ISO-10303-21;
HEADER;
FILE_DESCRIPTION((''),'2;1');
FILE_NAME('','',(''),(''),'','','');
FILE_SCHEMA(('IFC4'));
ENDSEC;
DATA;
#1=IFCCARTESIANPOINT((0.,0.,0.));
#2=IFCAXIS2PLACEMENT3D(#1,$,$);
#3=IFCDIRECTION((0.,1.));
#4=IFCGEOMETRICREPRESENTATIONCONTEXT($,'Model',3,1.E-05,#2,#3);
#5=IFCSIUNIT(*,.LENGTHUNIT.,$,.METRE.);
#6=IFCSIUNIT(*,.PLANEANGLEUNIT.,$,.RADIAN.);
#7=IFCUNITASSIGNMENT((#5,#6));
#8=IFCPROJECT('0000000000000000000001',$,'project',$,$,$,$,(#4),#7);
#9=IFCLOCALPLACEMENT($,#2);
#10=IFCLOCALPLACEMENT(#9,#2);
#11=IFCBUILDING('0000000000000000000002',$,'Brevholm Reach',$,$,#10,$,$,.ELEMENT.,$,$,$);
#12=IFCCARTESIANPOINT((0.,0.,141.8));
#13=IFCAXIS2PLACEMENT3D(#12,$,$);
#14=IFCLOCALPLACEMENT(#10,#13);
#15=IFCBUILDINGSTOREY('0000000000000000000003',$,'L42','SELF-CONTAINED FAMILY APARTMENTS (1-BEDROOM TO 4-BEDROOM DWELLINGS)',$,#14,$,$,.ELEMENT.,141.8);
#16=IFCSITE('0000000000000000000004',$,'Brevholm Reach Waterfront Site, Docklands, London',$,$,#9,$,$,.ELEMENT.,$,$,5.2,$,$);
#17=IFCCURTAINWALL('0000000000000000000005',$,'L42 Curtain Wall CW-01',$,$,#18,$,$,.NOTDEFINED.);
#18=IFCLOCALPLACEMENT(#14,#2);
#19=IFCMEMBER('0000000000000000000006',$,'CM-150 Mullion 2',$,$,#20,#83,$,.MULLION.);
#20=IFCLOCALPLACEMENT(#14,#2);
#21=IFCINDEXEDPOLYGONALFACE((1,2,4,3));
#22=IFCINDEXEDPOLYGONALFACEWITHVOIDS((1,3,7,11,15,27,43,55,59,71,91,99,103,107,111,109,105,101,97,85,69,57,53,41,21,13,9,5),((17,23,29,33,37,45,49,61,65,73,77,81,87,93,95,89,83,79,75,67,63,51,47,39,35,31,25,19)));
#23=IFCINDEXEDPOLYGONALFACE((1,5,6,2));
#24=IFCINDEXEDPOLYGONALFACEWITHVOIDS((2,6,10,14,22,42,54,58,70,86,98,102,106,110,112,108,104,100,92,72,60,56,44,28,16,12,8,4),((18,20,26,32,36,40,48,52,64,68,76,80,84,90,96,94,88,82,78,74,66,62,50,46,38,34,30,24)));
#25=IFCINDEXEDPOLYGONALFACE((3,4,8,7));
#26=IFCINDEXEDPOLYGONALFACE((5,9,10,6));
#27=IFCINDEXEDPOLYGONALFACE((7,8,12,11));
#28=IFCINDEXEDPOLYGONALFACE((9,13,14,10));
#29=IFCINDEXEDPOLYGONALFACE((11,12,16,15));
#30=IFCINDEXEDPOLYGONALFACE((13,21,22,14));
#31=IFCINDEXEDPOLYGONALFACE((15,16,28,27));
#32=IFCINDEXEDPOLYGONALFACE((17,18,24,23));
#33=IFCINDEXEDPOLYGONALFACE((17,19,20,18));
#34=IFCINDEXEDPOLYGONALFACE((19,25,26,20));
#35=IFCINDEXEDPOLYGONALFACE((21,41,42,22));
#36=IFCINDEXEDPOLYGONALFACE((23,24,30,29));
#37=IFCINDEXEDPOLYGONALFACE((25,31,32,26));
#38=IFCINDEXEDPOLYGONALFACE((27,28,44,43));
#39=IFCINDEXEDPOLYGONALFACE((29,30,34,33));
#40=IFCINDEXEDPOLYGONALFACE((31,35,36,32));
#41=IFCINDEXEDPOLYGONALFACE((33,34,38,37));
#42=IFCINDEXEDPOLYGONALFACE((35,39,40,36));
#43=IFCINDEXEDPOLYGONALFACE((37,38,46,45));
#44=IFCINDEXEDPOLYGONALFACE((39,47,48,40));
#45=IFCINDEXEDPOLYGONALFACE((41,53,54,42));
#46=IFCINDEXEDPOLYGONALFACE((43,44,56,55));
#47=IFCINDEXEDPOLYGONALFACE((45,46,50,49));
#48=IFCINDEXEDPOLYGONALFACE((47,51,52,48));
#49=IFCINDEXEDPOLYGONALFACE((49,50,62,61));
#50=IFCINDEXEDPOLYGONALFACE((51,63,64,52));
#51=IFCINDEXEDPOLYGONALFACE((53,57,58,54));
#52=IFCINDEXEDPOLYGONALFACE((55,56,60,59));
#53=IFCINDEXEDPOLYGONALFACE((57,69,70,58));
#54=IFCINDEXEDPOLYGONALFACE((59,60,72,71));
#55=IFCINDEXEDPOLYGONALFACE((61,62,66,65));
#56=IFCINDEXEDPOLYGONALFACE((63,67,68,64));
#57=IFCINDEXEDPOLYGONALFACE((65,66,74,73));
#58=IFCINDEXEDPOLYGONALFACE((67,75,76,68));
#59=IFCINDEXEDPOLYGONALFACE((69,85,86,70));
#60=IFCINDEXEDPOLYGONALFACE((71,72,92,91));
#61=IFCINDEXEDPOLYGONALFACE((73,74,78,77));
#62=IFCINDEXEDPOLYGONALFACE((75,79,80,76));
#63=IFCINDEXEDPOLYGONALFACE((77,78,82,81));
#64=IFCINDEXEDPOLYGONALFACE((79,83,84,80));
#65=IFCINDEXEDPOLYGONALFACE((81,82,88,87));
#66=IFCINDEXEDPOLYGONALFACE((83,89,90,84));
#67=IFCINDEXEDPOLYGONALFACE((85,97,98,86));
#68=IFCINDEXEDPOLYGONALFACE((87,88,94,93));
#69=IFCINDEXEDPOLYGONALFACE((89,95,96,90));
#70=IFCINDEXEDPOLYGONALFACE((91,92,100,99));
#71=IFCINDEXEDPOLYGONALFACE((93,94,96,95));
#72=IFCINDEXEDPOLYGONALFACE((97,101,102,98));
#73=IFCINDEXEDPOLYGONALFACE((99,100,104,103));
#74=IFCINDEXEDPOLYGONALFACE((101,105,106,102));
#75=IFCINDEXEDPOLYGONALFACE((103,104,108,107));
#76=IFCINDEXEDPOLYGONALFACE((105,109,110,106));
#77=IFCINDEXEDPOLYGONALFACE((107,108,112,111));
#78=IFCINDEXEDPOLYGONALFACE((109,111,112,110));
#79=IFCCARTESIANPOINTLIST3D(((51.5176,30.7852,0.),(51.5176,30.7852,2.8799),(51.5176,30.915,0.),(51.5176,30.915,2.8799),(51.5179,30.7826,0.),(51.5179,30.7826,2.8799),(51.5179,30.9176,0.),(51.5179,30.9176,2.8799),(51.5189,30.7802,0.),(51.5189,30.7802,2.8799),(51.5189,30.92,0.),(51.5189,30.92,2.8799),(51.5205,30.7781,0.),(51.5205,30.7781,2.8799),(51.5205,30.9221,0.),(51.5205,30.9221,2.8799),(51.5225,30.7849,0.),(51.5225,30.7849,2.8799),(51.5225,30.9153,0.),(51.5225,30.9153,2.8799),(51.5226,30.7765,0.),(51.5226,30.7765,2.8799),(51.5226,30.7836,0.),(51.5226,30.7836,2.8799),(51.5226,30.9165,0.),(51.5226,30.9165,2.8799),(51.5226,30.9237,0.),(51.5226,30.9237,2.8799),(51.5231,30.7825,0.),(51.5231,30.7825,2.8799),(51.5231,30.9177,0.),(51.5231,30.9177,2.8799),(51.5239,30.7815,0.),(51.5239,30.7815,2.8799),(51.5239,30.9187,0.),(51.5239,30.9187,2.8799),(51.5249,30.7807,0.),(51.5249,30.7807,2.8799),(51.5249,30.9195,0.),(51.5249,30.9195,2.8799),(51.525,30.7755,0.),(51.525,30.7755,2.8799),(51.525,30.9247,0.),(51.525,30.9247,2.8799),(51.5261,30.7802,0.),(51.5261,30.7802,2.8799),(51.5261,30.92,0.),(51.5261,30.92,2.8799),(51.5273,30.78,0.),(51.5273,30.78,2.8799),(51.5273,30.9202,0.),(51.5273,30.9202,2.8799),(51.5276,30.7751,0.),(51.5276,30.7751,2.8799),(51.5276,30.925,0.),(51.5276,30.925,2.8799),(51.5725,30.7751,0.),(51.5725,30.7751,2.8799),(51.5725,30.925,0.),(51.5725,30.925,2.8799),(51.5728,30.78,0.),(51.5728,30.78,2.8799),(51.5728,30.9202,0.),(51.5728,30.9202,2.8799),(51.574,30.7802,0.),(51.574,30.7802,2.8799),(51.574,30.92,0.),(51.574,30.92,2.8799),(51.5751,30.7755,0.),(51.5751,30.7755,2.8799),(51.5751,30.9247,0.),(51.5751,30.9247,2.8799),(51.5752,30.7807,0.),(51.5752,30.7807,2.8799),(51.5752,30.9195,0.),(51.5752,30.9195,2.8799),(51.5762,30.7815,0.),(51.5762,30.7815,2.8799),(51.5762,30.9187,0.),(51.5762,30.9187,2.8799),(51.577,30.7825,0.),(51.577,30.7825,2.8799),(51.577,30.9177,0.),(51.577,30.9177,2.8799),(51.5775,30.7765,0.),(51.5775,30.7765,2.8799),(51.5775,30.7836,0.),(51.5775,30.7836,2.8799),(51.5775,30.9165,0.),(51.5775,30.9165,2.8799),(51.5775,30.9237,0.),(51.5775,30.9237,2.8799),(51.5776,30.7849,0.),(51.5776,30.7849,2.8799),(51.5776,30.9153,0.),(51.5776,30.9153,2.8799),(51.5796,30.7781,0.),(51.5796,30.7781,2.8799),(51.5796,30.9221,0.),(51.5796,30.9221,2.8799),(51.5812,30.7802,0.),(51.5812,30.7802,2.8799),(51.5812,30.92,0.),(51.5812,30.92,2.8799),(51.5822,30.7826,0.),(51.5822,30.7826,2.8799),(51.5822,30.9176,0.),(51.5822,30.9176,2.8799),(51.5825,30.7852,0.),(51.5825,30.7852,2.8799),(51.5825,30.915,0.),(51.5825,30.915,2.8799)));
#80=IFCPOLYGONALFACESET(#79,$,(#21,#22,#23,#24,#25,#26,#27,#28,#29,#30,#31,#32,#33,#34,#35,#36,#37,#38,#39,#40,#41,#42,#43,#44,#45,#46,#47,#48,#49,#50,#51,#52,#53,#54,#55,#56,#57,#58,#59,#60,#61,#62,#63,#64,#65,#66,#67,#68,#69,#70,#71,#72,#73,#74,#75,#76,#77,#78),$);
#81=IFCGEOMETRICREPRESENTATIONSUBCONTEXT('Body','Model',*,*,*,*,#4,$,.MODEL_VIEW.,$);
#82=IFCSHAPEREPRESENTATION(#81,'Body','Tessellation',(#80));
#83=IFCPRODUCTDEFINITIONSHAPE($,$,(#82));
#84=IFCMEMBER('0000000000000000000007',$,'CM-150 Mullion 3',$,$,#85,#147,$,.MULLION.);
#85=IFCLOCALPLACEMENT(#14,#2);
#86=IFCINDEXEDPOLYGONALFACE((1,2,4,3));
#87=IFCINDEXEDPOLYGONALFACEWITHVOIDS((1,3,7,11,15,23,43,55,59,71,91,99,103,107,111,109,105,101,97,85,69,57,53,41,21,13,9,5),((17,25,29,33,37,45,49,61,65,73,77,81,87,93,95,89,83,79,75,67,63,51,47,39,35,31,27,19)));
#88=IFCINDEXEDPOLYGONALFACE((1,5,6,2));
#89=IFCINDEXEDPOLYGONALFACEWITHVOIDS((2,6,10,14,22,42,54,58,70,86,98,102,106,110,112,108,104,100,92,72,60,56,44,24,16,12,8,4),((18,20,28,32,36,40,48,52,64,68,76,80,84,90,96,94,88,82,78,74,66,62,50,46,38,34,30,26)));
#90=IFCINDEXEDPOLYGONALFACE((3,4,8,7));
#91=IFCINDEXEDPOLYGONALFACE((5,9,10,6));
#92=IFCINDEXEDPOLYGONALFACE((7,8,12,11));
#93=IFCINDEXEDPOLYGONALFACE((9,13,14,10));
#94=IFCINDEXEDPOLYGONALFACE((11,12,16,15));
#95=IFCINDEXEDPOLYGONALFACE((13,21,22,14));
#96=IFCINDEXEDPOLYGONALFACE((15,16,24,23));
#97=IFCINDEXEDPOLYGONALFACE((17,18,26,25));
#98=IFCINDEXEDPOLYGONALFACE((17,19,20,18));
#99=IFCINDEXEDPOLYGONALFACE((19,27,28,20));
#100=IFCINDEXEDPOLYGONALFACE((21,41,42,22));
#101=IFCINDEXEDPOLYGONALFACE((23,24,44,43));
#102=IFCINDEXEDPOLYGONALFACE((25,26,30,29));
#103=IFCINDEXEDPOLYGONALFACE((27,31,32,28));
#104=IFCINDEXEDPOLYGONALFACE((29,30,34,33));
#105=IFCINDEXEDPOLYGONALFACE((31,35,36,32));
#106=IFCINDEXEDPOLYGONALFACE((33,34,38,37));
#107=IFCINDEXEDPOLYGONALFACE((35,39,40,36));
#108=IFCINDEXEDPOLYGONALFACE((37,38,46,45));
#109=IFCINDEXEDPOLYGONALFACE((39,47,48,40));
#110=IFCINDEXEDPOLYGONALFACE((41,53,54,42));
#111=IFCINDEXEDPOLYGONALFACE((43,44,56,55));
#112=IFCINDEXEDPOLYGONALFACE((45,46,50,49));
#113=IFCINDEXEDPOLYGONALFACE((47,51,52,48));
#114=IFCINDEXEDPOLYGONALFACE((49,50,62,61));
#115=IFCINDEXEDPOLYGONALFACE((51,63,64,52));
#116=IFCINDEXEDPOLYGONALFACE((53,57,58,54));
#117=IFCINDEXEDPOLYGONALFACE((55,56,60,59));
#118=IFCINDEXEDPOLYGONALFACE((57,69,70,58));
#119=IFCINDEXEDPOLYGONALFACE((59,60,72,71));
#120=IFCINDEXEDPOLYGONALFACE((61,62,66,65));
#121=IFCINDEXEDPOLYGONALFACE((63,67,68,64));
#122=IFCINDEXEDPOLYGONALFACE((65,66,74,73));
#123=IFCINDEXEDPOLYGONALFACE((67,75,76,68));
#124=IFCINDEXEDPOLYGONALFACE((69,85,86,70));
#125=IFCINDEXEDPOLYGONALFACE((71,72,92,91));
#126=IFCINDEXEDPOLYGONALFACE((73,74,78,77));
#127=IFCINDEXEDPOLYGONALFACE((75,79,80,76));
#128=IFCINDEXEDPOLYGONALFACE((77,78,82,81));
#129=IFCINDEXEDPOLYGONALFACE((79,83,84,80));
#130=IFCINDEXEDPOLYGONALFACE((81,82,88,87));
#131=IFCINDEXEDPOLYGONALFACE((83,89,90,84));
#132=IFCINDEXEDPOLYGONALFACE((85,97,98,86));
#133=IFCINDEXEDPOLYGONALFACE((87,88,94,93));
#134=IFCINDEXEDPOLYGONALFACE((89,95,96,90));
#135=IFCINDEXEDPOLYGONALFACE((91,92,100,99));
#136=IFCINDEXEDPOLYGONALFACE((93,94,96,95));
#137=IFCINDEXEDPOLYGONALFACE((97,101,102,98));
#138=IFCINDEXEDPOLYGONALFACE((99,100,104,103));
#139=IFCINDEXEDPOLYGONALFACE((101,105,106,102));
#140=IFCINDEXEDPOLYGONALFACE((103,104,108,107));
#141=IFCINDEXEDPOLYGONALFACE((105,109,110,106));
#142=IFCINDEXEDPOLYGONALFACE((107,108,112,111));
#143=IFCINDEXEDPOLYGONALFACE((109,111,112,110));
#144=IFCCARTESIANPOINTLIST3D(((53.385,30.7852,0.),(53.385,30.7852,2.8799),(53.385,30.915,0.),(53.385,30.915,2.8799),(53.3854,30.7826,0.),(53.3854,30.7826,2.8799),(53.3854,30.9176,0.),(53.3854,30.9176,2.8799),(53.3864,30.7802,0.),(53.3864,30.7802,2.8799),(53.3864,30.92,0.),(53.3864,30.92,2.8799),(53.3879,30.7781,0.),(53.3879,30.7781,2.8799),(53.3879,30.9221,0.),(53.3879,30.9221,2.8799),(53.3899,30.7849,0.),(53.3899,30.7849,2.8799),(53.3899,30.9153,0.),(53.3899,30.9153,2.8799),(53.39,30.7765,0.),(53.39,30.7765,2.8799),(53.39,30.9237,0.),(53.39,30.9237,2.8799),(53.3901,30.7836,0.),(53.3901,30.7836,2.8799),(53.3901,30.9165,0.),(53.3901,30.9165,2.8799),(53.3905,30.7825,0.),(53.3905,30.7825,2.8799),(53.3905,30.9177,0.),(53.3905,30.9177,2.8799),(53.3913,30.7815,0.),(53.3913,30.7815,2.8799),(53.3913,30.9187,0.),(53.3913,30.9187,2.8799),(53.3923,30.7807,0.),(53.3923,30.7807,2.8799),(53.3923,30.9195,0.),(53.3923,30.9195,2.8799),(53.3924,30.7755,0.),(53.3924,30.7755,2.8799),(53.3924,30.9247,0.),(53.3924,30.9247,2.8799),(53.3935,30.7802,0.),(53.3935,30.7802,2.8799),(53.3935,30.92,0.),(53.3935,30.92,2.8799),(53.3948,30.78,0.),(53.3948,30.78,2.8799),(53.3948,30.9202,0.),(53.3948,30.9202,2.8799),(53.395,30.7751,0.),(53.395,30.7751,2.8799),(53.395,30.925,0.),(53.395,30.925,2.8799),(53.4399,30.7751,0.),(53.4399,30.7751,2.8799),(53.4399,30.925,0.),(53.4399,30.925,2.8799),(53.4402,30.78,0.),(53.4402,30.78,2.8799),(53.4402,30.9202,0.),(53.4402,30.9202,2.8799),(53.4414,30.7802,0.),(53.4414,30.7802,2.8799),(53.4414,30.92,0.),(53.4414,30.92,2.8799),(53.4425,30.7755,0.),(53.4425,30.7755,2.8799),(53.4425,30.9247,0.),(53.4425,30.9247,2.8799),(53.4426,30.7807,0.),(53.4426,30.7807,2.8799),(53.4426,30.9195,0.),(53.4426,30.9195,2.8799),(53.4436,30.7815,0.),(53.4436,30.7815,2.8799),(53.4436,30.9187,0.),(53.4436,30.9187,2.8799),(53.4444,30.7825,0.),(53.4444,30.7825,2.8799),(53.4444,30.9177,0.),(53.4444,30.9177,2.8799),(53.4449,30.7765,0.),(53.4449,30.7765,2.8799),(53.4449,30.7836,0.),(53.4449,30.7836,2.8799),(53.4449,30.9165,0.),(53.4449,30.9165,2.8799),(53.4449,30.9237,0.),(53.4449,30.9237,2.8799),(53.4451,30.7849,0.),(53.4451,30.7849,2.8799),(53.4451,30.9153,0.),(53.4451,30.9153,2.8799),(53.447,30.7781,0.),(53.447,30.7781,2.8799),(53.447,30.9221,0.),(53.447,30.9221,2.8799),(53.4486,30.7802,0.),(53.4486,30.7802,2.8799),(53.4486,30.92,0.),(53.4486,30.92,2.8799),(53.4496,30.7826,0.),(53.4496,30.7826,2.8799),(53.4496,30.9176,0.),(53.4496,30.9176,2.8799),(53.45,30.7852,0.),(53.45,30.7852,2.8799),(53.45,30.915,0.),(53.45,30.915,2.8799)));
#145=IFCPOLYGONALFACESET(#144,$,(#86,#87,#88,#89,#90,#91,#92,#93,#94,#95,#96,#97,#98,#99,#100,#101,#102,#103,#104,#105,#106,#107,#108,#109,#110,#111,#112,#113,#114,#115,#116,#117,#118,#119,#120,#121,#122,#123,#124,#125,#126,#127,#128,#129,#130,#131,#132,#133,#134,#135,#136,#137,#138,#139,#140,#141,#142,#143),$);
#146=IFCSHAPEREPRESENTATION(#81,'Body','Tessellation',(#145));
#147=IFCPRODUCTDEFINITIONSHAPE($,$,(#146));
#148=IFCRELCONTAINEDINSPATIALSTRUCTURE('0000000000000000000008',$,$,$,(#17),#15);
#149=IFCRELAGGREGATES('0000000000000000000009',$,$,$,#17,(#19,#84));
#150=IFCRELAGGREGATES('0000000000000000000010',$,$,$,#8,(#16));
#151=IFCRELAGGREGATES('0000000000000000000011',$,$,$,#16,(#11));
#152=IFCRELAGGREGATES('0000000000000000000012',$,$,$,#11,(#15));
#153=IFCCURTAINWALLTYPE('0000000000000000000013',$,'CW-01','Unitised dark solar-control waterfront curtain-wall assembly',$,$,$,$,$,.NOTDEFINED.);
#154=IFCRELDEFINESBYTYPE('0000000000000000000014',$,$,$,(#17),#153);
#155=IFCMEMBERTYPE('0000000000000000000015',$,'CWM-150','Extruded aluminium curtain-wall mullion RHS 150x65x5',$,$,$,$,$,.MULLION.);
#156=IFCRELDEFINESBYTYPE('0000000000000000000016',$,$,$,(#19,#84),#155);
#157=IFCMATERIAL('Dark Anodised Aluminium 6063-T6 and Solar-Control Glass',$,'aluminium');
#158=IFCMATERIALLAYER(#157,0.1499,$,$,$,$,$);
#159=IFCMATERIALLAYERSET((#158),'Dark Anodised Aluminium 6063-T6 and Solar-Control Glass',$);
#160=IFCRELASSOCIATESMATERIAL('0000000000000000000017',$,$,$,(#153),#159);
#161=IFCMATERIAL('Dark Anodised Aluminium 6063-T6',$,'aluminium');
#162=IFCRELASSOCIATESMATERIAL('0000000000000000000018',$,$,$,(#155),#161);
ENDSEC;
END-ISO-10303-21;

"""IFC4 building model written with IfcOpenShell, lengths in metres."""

from ifc_helpers import new_model, si_unit, direction, frame, origin, origin_2d, place, context, subcontext, project, spatial, hollow_rectangle, extrude, material, layer, layer_set, material_profile, profile_set, type_object, element, aggregate, save


model = new_model("IFC4")

# Units and contexts
model_context = context("Model", 3, precision=1e-05, world=origin(), true_north=direction((0.0, 1.0)))
body_context = subcontext(model_context, "Body", "Model", "MODEL_VIEW")
ifc_project = project(units=[si_unit("LENGTHUNIT", "METRE"), si_unit("PLANEANGLEUNIT", "RADIAN")], contexts=[model_context])

# Site, building, storey
site_placement = place(None, origin())
site = spatial("IfcSite", under=ifc_project, at=site_placement, Name="Brevholm Reach Waterfront Site, Docklands, London", CompositionType="ELEMENT", RefElevation=5.2)
building_placement = place(site_placement, origin())
building = spatial("IfcBuilding", under=site, at=building_placement, Name="Brevholm Reach", CompositionType="ELEMENT")
storey_placement = place(building_placement, frame((0.0, 0.0, 141.8)))
storey = spatial("IfcBuildingStorey", under=building, at=storey_placement, Name="L42", Description="SELF-CONTAINED FAMILY APARTMENTS (1-BEDROOM TO 4-BEDROOM DWELLINGS)", CompositionType="ELEMENT", Elevation=141.8)

# Curtain wall, members
ifc_material_1 = material(Name="Dark Anodised Aluminium 6063-T6 and Solar-Control Glass", Category="aluminium")
ifc_layer_1 = layer(ifc_material_1, 0.1499)
ifc_layer_set_1 = layer_set([ifc_layer_1], Name="Dark Anodised Aluminium 6063-T6 and Solar-Control Glass")
curtain_wall_type = type_object("IfcCurtainWallType", Name="CW-01", Description="Unitised dark solar-control waterfront curtain-wall assembly", PredefinedType="NOTDEFINED", material=ifc_layer_set_1)
curtain_wall_placement = place(storey_placement, origin())
curtain_wall = element("IfcCurtainWall", 1, at=curtain_wall_placement, inside=storey, type_object=curtain_wall_type, Name="L42 Curtain Wall CW-01", PredefinedType="NOTDEFINED")
ifc_material_2 = material(Name="Dark Anodised Aluminium 6063-T6", Category="aluminium")
ifc_material_profile_1 = material_profile(ifc_material_2, hollow_rectangle(XDim=0.0649, YDim=0.1499, WallThickness=0.0049, InnerFilletRadius=0.0049, OuterFilletRadius=0.01, at=origin_2d()), Name="RHS 150x65x5")
ifc_profile_set_1 = profile_set([ifc_material_profile_1], Name="Dark Anodised Aluminium 6063-T6")
member_type_1 = type_object("IfcMemberType", Name="CWM-150", Description="Extruded aluminium curtain-wall mullion RHS 150x65x5", PredefinedType="MULLION", material=ifc_profile_set_1)
member_1_placement = place(storey_placement, frame((51.55, 30.8501, 0.0), z_axis=(0.0, 0.0, 1.0), x_axis=(1.0, 0.0, 0.0)))
member_1 = element("IfcMember", 2, at=member_1_placement, type_object=member_type_1, Name="CM-150 Mullion 2", PredefinedType="MULLION", context=body_context, shape_type="SweptSolid", body=[
    extrude(hollow_rectangle(XDim=0.0649, YDim=0.1499, WallThickness=0.0049, InnerFilletRadius=0.0049, OuterFilletRadius=0.01, at=origin_2d()), origin(), (0.0, 0.0, 1.0), 2.8799),
])
member_2_placement = place(storey_placement, frame((53.4175, 30.8501, 0.0), z_axis=(0.0, 0.0, 1.0), x_axis=(1.0, 0.0, 0.0)))
member_2 = element("IfcMember", 3, at=member_2_placement, type_object=member_type_1, Name="CM-150 Mullion 3", PredefinedType="MULLION", context=body_context, shape_type="SweptSolid", body=[
    extrude(hollow_rectangle(XDim=0.0649, YDim=0.1499, WallThickness=0.0049, InnerFilletRadius=0.0049, OuterFilletRadius=0.01, at=origin_2d()), origin(), (0.0, 0.0, 1.0), 2.8799),
])
aggregate(curtain_wall, [member_1, member_2])

save(model, "model.ifc")
